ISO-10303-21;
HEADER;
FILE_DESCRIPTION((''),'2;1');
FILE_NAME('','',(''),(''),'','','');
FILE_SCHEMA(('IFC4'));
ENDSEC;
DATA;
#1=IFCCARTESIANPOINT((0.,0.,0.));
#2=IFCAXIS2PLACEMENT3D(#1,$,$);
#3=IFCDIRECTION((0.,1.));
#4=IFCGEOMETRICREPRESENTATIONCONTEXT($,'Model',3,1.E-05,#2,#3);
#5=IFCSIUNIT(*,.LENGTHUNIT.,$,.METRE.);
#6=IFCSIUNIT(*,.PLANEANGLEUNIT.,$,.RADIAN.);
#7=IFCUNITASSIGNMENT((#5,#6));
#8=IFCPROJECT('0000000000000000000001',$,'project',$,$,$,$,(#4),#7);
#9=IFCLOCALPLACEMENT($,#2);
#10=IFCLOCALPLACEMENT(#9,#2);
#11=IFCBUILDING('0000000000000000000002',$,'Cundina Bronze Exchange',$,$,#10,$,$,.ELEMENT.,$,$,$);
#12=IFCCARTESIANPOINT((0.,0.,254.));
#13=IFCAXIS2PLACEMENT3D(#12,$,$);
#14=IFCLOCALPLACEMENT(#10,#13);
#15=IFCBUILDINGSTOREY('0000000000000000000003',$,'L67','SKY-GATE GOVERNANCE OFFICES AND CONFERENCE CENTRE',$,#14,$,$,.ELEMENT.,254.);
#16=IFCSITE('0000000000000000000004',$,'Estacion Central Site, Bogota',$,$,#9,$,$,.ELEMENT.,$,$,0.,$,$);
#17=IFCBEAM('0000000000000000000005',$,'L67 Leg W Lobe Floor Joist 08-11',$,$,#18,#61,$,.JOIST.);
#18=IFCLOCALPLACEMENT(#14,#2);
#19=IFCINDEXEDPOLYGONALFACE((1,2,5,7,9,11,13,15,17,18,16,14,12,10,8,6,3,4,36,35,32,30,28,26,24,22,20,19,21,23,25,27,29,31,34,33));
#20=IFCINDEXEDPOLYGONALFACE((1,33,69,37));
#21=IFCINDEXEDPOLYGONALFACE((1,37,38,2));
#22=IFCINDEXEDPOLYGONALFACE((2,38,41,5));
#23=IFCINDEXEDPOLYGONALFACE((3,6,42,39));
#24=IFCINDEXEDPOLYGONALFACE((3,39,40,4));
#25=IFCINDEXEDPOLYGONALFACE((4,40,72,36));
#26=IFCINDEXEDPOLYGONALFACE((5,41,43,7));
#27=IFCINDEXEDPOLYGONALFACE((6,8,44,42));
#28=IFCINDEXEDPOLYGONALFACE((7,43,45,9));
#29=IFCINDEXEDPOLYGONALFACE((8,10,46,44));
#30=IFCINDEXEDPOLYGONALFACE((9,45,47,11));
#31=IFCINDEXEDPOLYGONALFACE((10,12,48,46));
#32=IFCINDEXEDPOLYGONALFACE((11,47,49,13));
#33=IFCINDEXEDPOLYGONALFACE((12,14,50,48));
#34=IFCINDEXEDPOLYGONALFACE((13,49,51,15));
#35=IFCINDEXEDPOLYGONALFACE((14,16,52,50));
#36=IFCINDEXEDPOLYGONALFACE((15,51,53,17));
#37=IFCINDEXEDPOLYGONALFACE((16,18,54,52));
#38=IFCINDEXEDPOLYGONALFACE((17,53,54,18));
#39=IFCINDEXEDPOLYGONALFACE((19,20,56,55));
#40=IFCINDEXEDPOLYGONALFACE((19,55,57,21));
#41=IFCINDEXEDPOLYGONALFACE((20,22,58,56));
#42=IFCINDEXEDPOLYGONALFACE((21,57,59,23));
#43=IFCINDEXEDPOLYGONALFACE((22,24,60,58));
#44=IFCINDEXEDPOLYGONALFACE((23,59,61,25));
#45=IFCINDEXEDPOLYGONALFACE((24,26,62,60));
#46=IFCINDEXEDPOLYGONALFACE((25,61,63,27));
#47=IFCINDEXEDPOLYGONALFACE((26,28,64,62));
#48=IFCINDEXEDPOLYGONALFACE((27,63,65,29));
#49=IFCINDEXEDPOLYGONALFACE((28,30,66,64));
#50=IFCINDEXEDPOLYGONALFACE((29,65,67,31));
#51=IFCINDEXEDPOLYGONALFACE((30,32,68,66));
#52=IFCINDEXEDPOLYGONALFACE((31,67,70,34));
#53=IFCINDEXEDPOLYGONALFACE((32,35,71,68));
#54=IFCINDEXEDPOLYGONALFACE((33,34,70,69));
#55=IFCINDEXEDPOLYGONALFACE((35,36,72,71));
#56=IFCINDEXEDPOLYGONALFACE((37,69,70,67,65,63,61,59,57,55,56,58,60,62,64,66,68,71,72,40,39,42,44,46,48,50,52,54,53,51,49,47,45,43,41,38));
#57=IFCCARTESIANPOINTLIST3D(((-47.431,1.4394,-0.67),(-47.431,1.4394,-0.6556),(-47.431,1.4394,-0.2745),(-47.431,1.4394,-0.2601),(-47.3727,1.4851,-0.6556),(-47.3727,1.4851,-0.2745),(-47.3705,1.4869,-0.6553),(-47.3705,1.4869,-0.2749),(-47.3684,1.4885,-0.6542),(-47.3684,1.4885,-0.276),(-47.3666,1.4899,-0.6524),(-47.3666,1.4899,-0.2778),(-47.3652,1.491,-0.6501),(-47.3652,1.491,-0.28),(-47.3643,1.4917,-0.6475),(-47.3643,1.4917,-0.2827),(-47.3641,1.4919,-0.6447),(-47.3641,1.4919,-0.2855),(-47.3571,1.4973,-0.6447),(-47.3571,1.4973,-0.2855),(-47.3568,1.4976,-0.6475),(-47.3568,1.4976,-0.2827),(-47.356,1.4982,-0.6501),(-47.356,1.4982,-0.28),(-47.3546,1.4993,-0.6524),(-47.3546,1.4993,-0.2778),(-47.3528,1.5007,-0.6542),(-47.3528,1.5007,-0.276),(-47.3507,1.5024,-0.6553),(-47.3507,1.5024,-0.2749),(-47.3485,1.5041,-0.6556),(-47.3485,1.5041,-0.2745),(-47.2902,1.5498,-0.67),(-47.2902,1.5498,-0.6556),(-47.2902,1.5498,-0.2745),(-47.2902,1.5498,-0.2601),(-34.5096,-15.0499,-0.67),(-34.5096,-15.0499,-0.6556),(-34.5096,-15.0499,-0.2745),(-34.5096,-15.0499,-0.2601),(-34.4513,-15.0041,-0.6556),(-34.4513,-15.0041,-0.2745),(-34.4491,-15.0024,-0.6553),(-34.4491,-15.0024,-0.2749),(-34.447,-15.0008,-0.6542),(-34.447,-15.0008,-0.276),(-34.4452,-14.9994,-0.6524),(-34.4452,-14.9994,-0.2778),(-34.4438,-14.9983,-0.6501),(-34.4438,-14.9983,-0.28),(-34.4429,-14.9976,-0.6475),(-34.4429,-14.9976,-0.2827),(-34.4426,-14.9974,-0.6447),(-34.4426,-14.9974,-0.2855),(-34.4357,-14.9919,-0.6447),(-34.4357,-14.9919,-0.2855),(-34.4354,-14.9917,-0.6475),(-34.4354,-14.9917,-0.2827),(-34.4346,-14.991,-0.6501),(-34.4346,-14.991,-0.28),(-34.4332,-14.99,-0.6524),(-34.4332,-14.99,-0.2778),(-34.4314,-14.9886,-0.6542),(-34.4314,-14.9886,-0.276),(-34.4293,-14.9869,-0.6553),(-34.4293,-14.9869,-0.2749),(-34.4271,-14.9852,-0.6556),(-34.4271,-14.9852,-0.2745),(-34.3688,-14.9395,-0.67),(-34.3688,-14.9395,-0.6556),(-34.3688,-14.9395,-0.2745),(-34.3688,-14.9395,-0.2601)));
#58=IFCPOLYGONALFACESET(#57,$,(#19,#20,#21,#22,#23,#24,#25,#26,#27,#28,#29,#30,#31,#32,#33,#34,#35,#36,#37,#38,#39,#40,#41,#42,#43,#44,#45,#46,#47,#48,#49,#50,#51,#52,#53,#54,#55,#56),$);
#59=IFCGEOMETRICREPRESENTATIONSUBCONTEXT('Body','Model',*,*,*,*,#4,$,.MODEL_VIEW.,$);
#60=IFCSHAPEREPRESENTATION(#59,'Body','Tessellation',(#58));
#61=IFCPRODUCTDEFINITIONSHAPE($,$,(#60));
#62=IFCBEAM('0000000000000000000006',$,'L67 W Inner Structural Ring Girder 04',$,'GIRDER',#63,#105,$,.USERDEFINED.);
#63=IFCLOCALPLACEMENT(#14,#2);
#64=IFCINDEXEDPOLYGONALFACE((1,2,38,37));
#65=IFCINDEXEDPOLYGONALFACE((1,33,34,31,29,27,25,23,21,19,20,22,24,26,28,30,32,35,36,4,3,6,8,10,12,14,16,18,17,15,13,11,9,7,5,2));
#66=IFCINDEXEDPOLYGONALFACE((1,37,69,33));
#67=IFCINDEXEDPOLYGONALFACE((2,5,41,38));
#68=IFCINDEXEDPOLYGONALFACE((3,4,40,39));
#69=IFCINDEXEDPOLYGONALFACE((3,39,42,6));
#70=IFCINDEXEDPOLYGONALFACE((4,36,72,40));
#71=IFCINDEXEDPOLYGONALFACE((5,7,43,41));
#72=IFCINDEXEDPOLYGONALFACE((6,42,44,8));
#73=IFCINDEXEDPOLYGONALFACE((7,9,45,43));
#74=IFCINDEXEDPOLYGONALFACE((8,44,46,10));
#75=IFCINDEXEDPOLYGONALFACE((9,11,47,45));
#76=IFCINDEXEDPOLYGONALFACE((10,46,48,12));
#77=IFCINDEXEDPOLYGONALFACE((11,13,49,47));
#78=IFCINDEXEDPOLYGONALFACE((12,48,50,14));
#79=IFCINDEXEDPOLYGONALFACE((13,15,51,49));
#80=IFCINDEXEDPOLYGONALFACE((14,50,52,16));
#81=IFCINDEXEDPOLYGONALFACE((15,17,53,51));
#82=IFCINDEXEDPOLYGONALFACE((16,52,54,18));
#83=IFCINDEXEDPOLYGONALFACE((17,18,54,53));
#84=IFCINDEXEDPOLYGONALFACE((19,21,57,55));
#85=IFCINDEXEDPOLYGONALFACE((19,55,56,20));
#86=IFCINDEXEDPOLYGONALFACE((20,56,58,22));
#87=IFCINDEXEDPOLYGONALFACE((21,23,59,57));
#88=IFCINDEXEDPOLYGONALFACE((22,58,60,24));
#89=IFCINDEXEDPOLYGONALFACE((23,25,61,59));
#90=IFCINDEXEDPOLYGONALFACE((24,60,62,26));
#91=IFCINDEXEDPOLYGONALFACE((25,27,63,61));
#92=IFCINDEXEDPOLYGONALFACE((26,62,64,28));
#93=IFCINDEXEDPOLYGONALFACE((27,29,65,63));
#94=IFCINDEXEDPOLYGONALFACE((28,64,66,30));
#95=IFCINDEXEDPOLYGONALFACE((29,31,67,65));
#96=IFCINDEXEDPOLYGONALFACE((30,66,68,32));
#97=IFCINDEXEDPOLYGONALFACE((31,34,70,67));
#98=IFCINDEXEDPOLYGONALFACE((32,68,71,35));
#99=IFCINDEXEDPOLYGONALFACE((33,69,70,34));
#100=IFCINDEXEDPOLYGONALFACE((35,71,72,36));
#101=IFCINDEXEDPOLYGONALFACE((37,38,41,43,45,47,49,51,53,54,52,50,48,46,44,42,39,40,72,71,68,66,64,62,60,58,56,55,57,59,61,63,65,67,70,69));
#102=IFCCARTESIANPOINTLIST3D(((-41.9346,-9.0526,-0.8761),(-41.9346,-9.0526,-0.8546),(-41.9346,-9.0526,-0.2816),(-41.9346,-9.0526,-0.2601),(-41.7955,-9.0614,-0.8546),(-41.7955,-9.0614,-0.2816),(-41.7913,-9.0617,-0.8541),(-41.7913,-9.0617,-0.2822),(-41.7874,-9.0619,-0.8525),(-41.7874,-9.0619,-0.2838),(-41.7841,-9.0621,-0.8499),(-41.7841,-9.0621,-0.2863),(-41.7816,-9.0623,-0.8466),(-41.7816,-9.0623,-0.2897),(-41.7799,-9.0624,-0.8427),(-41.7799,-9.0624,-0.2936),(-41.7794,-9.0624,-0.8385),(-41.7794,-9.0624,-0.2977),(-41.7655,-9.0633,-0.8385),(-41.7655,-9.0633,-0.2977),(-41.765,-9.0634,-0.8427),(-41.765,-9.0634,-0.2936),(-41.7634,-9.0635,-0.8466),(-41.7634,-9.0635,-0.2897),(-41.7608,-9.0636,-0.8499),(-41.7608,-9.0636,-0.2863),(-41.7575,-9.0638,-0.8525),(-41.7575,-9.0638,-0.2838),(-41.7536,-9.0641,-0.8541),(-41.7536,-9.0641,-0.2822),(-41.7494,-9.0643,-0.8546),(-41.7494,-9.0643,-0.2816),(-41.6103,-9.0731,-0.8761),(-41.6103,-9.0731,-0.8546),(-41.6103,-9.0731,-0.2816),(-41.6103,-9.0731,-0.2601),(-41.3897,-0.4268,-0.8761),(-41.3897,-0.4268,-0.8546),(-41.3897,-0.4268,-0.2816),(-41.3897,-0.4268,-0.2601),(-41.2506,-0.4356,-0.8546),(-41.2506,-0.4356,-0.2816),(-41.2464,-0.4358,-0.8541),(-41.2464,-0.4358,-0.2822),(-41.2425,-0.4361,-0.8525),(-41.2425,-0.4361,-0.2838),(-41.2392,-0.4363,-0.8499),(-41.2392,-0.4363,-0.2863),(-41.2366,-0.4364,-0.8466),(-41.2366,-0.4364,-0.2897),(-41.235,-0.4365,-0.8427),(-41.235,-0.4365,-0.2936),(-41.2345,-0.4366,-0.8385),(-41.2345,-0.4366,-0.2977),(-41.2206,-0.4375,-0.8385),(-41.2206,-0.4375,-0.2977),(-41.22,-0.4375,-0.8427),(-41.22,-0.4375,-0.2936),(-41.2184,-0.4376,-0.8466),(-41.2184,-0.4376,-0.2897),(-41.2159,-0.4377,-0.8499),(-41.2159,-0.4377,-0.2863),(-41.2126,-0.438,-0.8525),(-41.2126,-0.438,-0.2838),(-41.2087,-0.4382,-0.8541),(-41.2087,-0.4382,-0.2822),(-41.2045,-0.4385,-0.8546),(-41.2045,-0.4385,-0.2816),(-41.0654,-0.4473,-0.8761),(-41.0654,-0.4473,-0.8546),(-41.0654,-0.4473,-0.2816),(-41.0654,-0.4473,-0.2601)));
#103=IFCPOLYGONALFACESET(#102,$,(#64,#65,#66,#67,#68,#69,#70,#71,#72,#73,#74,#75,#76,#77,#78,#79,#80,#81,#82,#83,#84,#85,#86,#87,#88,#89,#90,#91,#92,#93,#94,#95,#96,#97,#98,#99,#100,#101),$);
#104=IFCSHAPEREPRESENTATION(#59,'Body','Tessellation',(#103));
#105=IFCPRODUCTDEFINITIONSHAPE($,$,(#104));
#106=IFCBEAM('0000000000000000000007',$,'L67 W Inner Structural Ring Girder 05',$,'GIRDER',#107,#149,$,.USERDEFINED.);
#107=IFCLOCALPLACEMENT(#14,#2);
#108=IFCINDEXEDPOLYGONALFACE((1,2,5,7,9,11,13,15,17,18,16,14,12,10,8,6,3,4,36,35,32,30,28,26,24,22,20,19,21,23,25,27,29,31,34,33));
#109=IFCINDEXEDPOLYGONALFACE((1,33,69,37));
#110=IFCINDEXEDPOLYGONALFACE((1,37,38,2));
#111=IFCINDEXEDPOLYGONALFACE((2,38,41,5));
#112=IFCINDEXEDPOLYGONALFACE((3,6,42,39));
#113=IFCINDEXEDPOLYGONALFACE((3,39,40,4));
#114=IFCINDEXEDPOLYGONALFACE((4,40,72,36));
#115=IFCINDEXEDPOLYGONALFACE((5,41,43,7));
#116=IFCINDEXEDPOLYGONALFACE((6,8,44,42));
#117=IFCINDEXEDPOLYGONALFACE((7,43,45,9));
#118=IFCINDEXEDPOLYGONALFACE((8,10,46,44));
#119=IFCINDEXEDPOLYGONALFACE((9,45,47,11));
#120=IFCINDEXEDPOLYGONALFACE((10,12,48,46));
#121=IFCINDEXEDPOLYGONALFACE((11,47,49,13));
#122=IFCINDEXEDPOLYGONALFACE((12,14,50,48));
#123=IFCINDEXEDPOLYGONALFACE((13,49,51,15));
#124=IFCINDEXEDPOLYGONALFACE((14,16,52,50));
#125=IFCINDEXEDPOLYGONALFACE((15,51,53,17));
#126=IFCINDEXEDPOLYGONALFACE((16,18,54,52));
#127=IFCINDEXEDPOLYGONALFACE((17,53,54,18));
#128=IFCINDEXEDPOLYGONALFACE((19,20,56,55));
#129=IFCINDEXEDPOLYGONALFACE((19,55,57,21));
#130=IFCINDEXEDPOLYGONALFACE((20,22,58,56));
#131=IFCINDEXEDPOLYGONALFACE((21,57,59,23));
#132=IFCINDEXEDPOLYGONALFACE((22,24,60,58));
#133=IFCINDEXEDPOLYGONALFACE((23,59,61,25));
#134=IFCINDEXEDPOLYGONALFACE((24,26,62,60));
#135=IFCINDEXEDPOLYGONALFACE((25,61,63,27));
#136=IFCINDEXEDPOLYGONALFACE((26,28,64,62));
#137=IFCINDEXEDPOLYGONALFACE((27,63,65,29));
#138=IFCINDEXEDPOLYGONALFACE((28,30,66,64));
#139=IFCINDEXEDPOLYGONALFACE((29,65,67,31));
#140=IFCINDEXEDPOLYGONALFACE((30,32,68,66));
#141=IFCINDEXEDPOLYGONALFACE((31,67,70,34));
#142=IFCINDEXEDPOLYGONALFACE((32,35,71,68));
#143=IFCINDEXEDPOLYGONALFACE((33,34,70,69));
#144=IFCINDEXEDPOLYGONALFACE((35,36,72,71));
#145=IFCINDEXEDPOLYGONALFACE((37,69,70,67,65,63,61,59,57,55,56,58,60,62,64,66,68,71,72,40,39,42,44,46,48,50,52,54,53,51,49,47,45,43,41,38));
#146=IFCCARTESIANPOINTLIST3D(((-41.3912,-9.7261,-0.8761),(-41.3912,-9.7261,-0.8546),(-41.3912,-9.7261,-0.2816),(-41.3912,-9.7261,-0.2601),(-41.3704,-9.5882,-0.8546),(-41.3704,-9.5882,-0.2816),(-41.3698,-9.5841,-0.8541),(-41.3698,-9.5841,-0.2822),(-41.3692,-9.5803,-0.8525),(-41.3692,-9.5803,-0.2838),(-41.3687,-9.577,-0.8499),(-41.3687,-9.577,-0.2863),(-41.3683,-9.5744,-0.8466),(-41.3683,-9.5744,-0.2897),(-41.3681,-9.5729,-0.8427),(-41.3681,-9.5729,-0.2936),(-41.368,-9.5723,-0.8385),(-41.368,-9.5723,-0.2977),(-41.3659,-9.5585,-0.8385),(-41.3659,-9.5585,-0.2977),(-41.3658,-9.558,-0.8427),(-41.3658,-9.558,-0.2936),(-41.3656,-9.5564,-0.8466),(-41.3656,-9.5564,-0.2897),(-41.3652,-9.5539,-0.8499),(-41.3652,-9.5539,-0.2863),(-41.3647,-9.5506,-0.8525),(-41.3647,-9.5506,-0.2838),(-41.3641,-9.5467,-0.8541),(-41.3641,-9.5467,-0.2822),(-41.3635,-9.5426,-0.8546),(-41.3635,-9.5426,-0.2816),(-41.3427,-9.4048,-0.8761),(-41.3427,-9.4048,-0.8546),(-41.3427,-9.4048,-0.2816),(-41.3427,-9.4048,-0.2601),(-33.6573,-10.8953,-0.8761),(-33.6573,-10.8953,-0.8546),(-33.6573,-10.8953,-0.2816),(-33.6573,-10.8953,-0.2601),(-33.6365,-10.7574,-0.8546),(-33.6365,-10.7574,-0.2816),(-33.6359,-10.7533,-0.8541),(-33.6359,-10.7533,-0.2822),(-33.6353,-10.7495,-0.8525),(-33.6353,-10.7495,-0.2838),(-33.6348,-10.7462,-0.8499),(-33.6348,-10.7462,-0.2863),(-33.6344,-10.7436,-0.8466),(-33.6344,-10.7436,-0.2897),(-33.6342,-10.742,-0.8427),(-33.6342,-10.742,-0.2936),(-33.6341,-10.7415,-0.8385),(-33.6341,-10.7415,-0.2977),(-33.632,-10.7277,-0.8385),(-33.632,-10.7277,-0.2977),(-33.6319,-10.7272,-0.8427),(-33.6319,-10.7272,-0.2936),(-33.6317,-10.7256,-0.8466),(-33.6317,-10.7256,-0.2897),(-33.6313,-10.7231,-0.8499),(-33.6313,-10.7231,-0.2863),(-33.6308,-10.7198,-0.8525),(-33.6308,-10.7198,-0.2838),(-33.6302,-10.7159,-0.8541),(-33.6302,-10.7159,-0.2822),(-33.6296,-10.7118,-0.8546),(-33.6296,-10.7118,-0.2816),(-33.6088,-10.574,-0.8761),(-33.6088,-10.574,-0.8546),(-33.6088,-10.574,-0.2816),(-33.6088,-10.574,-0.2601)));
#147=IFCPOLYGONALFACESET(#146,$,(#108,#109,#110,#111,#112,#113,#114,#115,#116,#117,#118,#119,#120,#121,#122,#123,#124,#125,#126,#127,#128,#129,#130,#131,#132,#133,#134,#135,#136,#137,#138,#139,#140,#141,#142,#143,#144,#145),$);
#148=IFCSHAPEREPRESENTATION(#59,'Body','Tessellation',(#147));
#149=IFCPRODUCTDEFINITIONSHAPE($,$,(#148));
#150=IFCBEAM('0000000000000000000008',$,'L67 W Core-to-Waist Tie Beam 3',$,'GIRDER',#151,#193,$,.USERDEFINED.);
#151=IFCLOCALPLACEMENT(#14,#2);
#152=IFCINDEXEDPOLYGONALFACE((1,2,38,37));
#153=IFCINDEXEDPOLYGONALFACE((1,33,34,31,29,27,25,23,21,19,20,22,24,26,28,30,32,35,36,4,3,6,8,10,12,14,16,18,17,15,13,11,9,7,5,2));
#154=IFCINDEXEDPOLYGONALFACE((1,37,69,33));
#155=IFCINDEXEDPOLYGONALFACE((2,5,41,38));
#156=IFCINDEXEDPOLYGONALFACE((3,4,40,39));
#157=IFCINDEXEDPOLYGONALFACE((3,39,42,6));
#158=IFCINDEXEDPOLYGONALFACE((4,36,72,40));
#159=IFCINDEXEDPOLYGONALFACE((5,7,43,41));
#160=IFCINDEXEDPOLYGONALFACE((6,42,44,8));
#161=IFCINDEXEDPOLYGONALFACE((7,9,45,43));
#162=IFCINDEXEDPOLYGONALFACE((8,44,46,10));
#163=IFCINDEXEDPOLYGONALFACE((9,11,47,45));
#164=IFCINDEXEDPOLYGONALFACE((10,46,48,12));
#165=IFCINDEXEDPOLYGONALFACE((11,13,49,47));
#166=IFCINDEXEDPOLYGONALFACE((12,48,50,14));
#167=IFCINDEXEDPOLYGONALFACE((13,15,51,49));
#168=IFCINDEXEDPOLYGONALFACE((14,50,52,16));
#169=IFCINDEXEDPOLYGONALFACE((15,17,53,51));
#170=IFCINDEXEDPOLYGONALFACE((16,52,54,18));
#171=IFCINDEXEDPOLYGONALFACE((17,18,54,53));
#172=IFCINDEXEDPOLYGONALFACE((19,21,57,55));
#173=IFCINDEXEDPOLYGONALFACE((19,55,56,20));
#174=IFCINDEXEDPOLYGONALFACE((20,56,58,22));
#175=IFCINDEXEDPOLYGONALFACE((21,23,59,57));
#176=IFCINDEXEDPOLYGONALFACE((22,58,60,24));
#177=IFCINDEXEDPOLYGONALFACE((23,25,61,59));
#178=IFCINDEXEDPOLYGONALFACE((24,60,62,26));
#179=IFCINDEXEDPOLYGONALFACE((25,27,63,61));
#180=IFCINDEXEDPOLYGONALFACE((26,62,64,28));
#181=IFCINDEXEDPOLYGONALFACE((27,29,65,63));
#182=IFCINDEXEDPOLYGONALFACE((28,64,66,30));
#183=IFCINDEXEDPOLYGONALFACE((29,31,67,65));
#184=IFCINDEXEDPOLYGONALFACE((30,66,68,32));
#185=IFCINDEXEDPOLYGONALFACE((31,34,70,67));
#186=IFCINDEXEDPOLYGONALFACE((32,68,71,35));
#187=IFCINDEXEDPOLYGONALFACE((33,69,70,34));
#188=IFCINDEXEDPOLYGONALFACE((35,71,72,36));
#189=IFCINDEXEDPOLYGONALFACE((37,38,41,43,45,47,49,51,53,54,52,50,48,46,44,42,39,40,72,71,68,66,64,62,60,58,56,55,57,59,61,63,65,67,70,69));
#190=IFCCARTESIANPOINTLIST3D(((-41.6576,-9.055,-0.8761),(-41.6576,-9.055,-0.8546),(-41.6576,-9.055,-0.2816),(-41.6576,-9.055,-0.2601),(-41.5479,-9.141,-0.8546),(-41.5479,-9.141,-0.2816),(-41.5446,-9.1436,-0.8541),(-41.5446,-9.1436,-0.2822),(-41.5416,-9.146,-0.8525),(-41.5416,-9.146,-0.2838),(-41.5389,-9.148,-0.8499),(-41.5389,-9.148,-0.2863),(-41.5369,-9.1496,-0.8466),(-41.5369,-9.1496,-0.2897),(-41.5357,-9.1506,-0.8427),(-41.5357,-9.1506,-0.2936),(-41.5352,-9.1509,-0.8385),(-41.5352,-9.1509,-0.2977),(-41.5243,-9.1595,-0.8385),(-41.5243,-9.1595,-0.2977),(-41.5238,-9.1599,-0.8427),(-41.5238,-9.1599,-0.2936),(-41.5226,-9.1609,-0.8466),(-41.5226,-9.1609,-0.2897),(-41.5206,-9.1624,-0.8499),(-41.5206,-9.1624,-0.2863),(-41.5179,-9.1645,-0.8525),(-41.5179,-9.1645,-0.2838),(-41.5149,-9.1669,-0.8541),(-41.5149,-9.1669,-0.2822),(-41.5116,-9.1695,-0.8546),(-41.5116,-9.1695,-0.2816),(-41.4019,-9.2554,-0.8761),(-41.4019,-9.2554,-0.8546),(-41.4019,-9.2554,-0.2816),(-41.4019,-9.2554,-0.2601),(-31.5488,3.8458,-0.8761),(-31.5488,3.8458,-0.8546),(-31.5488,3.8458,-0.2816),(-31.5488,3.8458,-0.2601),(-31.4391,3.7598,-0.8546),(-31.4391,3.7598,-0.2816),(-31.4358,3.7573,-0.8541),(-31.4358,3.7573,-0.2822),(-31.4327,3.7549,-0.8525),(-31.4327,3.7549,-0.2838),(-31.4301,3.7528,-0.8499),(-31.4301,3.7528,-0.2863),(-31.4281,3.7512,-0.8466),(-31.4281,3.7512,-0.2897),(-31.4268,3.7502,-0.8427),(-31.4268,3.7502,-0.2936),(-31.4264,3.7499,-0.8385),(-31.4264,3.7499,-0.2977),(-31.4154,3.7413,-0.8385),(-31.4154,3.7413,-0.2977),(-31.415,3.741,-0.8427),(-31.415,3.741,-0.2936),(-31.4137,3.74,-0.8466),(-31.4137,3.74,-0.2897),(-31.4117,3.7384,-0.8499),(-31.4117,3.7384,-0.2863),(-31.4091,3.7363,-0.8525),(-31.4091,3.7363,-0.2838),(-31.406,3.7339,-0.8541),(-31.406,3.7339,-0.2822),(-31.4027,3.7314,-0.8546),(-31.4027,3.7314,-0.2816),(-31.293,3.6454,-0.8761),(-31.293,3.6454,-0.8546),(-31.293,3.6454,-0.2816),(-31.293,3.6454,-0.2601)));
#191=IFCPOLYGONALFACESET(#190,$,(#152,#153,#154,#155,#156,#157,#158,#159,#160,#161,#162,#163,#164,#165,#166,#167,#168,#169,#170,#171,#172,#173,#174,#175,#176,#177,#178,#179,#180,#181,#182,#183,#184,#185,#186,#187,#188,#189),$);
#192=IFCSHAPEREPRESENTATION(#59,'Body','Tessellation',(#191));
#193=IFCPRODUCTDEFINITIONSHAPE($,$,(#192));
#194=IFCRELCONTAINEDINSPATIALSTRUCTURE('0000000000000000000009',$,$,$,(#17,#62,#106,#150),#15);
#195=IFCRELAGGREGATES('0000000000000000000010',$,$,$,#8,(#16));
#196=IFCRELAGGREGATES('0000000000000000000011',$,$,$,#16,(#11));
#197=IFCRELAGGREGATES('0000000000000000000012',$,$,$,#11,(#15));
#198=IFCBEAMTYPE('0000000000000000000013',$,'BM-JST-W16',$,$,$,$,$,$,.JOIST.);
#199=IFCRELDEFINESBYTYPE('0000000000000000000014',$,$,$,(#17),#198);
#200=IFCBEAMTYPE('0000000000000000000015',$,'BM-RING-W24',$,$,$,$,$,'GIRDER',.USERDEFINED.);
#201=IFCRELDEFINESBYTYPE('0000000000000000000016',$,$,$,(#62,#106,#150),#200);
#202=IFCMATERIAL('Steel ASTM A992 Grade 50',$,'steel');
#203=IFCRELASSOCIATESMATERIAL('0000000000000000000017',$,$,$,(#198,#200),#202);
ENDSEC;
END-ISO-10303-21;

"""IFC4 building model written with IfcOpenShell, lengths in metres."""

from ifc_helpers import new_model, si_unit, direction, frame, origin, origin_2d, place, context, subcontext, project, spatial, i_section, extrude, material, material_profile, profile_set, type_object, element, save


model = new_model("IFC4")

# Units and contexts
model_context = context("Model", 3, precision=1e-05, world=origin(), true_north=direction((0.0, 1.0)))
body_context = subcontext(model_context, "Body", "Model", "MODEL_VIEW")
ifc_project = project(units=[si_unit("LENGTHUNIT", "METRE"), si_unit("PLANEANGLEUNIT", "RADIAN")], contexts=[model_context])

# Site, building, storey
site_placement = place(None, origin())
site = spatial("IfcSite", under=ifc_project, at=site_placement, Name="Estacion Central Site, Bogota", CompositionType="ELEMENT", RefElevation=0.0)
building_placement = place(site_placement, origin())
building = spatial("IfcBuilding", under=site, at=building_placement, Name="Cundina Bronze Exchange", CompositionType="ELEMENT")
storey_placement = place(building_placement, frame((0.0, 0.0, 254.0)))
storey = spatial("IfcBuildingStorey", under=building, at=storey_placement, Name="L67", Description="SKY-GATE GOVERNANCE OFFICES AND CONFERENCE CENTRE", CompositionType="ELEMENT", Elevation=254.0)

# Beams
ifc_material_1 = material(Name="Steel ASTM A992 Grade 50", Category="steel")
ifc_material_profile_1 = material_profile(ifc_material_1, i_section(OverallWidth=0.179, OverallDepth=0.4099, WebThickness=0.0088, FlangeThickness=0.0144, FilletRadius=0.011, at=origin_2d()), Name="W16X45", Category="steel")
ifc_profile_set_1 = profile_set([ifc_material_profile_1], Name="Steel ASTM A992 Grade 50")
beam_type_1 = type_object("IfcBeamType", Name="BM-JST-W16", PredefinedType="JOIST", material=ifc_profile_set_1)
beam_1_placement = place(storey_placement, frame((-47.3606, 1.4946, -0.4651), z_axis=(0.616804, -0.787117, 0.0), x_axis=(0.787117, 0.616804, 0.0)))
element("IfcBeam", 1, at=beam_1_placement, inside=storey, type_object=beam_type_1, Name="L67 Leg W Lobe Floor Joist 08-11", PredefinedType="JOIST", context=body_context, shape_type="SweptSolid", body=[
    extrude(i_section(OverallWidth=0.179, OverallDepth=0.4099, WebThickness=0.0088, FlangeThickness=0.0144, FilletRadius=0.011, at=origin_2d()), origin(), (0.0, 0.0, 1.0), 20.949),
])
ifc_material_profile_2 = material_profile(ifc_material_1, i_section(OverallWidth=0.325, OverallDepth=0.616, WebThickness=0.0139, FlangeThickness=0.0215, FilletRadius=0.0161, at=origin_2d()), Name="W24X117", Category="steel")
ifc_profile_set_2 = profile_set([ifc_material_profile_2], Name="Steel ASTM A992 Grade 50")
beam_type_2 = type_object("IfcBeamType", Name="BM-RING-W24", ElementType="GIRDER", PredefinedType="USERDEFINED", material=ifc_profile_set_2)
beam_2_placement = place(storey_placement, frame((-41.2275, -0.437, -0.5681), z_axis=(-0.063047, -0.998011, 0.0), x_axis=(0.998011, -0.063047, 0.0)))
element("IfcBeam", 2, at=beam_2_placement, inside=storey, type_object=beam_type_2, Name="L67 W Inner Structural Ring Girder 04", ObjectType="GIRDER", PredefinedType="USERDEFINED", context=body_context, shape_type="SweptSolid", body=[
    extrude(i_section(OverallWidth=0.325, OverallDepth=0.616, WebThickness=0.0139, FlangeThickness=0.0215, FilletRadius=0.0161, at=origin_2d()), origin(), (0.0, 0.0, 1.0), 8.6431),
])
beam_3_placement = place(storey_placement, frame((-41.3669, -9.5654, -0.5681), z_axis=(0.988765, -0.149479, 0.0), x_axis=(0.149479, 0.988765, 0.0)))
element("IfcBeam", 3, at=beam_3_placement, inside=storey, type_object=beam_type_2, Name="L67 W Inner Structural Ring Girder 05", ObjectType="GIRDER", PredefinedType="USERDEFINED", context=body_context, shape_type="SweptSolid", body=[
    extrude(i_section(OverallWidth=0.325, OverallDepth=0.616, WebThickness=0.0139, FlangeThickness=0.0215, FilletRadius=0.0161, at=origin_2d()), origin(), (0.0, 0.0, 1.0), 7.8218),
])
beam_4_placement = place(storey_placement, frame((-31.4209, 3.7456, -0.5681), z_axis=(-0.616783, -0.787133, 0.0), x_axis=(0.787133, -0.616783, 0.0)))
element("IfcBeam", 4, at=beam_4_placement, inside=storey, type_object=beam_type_2, Name="L67 W Core-to-Waist Tie Beam 3", ObjectType="GIRDER", PredefinedType="USERDEFINED", context=body_context, shape_type="SweptSolid", body=[
    extrude(i_section(OverallWidth=0.325, OverallDepth=0.616, WebThickness=0.0139, FlangeThickness=0.0215, FilletRadius=0.0161, at=origin_2d()), origin(), (0.0, 0.0, 1.0), 16.3896),
])

save(model, "model.ifc")
